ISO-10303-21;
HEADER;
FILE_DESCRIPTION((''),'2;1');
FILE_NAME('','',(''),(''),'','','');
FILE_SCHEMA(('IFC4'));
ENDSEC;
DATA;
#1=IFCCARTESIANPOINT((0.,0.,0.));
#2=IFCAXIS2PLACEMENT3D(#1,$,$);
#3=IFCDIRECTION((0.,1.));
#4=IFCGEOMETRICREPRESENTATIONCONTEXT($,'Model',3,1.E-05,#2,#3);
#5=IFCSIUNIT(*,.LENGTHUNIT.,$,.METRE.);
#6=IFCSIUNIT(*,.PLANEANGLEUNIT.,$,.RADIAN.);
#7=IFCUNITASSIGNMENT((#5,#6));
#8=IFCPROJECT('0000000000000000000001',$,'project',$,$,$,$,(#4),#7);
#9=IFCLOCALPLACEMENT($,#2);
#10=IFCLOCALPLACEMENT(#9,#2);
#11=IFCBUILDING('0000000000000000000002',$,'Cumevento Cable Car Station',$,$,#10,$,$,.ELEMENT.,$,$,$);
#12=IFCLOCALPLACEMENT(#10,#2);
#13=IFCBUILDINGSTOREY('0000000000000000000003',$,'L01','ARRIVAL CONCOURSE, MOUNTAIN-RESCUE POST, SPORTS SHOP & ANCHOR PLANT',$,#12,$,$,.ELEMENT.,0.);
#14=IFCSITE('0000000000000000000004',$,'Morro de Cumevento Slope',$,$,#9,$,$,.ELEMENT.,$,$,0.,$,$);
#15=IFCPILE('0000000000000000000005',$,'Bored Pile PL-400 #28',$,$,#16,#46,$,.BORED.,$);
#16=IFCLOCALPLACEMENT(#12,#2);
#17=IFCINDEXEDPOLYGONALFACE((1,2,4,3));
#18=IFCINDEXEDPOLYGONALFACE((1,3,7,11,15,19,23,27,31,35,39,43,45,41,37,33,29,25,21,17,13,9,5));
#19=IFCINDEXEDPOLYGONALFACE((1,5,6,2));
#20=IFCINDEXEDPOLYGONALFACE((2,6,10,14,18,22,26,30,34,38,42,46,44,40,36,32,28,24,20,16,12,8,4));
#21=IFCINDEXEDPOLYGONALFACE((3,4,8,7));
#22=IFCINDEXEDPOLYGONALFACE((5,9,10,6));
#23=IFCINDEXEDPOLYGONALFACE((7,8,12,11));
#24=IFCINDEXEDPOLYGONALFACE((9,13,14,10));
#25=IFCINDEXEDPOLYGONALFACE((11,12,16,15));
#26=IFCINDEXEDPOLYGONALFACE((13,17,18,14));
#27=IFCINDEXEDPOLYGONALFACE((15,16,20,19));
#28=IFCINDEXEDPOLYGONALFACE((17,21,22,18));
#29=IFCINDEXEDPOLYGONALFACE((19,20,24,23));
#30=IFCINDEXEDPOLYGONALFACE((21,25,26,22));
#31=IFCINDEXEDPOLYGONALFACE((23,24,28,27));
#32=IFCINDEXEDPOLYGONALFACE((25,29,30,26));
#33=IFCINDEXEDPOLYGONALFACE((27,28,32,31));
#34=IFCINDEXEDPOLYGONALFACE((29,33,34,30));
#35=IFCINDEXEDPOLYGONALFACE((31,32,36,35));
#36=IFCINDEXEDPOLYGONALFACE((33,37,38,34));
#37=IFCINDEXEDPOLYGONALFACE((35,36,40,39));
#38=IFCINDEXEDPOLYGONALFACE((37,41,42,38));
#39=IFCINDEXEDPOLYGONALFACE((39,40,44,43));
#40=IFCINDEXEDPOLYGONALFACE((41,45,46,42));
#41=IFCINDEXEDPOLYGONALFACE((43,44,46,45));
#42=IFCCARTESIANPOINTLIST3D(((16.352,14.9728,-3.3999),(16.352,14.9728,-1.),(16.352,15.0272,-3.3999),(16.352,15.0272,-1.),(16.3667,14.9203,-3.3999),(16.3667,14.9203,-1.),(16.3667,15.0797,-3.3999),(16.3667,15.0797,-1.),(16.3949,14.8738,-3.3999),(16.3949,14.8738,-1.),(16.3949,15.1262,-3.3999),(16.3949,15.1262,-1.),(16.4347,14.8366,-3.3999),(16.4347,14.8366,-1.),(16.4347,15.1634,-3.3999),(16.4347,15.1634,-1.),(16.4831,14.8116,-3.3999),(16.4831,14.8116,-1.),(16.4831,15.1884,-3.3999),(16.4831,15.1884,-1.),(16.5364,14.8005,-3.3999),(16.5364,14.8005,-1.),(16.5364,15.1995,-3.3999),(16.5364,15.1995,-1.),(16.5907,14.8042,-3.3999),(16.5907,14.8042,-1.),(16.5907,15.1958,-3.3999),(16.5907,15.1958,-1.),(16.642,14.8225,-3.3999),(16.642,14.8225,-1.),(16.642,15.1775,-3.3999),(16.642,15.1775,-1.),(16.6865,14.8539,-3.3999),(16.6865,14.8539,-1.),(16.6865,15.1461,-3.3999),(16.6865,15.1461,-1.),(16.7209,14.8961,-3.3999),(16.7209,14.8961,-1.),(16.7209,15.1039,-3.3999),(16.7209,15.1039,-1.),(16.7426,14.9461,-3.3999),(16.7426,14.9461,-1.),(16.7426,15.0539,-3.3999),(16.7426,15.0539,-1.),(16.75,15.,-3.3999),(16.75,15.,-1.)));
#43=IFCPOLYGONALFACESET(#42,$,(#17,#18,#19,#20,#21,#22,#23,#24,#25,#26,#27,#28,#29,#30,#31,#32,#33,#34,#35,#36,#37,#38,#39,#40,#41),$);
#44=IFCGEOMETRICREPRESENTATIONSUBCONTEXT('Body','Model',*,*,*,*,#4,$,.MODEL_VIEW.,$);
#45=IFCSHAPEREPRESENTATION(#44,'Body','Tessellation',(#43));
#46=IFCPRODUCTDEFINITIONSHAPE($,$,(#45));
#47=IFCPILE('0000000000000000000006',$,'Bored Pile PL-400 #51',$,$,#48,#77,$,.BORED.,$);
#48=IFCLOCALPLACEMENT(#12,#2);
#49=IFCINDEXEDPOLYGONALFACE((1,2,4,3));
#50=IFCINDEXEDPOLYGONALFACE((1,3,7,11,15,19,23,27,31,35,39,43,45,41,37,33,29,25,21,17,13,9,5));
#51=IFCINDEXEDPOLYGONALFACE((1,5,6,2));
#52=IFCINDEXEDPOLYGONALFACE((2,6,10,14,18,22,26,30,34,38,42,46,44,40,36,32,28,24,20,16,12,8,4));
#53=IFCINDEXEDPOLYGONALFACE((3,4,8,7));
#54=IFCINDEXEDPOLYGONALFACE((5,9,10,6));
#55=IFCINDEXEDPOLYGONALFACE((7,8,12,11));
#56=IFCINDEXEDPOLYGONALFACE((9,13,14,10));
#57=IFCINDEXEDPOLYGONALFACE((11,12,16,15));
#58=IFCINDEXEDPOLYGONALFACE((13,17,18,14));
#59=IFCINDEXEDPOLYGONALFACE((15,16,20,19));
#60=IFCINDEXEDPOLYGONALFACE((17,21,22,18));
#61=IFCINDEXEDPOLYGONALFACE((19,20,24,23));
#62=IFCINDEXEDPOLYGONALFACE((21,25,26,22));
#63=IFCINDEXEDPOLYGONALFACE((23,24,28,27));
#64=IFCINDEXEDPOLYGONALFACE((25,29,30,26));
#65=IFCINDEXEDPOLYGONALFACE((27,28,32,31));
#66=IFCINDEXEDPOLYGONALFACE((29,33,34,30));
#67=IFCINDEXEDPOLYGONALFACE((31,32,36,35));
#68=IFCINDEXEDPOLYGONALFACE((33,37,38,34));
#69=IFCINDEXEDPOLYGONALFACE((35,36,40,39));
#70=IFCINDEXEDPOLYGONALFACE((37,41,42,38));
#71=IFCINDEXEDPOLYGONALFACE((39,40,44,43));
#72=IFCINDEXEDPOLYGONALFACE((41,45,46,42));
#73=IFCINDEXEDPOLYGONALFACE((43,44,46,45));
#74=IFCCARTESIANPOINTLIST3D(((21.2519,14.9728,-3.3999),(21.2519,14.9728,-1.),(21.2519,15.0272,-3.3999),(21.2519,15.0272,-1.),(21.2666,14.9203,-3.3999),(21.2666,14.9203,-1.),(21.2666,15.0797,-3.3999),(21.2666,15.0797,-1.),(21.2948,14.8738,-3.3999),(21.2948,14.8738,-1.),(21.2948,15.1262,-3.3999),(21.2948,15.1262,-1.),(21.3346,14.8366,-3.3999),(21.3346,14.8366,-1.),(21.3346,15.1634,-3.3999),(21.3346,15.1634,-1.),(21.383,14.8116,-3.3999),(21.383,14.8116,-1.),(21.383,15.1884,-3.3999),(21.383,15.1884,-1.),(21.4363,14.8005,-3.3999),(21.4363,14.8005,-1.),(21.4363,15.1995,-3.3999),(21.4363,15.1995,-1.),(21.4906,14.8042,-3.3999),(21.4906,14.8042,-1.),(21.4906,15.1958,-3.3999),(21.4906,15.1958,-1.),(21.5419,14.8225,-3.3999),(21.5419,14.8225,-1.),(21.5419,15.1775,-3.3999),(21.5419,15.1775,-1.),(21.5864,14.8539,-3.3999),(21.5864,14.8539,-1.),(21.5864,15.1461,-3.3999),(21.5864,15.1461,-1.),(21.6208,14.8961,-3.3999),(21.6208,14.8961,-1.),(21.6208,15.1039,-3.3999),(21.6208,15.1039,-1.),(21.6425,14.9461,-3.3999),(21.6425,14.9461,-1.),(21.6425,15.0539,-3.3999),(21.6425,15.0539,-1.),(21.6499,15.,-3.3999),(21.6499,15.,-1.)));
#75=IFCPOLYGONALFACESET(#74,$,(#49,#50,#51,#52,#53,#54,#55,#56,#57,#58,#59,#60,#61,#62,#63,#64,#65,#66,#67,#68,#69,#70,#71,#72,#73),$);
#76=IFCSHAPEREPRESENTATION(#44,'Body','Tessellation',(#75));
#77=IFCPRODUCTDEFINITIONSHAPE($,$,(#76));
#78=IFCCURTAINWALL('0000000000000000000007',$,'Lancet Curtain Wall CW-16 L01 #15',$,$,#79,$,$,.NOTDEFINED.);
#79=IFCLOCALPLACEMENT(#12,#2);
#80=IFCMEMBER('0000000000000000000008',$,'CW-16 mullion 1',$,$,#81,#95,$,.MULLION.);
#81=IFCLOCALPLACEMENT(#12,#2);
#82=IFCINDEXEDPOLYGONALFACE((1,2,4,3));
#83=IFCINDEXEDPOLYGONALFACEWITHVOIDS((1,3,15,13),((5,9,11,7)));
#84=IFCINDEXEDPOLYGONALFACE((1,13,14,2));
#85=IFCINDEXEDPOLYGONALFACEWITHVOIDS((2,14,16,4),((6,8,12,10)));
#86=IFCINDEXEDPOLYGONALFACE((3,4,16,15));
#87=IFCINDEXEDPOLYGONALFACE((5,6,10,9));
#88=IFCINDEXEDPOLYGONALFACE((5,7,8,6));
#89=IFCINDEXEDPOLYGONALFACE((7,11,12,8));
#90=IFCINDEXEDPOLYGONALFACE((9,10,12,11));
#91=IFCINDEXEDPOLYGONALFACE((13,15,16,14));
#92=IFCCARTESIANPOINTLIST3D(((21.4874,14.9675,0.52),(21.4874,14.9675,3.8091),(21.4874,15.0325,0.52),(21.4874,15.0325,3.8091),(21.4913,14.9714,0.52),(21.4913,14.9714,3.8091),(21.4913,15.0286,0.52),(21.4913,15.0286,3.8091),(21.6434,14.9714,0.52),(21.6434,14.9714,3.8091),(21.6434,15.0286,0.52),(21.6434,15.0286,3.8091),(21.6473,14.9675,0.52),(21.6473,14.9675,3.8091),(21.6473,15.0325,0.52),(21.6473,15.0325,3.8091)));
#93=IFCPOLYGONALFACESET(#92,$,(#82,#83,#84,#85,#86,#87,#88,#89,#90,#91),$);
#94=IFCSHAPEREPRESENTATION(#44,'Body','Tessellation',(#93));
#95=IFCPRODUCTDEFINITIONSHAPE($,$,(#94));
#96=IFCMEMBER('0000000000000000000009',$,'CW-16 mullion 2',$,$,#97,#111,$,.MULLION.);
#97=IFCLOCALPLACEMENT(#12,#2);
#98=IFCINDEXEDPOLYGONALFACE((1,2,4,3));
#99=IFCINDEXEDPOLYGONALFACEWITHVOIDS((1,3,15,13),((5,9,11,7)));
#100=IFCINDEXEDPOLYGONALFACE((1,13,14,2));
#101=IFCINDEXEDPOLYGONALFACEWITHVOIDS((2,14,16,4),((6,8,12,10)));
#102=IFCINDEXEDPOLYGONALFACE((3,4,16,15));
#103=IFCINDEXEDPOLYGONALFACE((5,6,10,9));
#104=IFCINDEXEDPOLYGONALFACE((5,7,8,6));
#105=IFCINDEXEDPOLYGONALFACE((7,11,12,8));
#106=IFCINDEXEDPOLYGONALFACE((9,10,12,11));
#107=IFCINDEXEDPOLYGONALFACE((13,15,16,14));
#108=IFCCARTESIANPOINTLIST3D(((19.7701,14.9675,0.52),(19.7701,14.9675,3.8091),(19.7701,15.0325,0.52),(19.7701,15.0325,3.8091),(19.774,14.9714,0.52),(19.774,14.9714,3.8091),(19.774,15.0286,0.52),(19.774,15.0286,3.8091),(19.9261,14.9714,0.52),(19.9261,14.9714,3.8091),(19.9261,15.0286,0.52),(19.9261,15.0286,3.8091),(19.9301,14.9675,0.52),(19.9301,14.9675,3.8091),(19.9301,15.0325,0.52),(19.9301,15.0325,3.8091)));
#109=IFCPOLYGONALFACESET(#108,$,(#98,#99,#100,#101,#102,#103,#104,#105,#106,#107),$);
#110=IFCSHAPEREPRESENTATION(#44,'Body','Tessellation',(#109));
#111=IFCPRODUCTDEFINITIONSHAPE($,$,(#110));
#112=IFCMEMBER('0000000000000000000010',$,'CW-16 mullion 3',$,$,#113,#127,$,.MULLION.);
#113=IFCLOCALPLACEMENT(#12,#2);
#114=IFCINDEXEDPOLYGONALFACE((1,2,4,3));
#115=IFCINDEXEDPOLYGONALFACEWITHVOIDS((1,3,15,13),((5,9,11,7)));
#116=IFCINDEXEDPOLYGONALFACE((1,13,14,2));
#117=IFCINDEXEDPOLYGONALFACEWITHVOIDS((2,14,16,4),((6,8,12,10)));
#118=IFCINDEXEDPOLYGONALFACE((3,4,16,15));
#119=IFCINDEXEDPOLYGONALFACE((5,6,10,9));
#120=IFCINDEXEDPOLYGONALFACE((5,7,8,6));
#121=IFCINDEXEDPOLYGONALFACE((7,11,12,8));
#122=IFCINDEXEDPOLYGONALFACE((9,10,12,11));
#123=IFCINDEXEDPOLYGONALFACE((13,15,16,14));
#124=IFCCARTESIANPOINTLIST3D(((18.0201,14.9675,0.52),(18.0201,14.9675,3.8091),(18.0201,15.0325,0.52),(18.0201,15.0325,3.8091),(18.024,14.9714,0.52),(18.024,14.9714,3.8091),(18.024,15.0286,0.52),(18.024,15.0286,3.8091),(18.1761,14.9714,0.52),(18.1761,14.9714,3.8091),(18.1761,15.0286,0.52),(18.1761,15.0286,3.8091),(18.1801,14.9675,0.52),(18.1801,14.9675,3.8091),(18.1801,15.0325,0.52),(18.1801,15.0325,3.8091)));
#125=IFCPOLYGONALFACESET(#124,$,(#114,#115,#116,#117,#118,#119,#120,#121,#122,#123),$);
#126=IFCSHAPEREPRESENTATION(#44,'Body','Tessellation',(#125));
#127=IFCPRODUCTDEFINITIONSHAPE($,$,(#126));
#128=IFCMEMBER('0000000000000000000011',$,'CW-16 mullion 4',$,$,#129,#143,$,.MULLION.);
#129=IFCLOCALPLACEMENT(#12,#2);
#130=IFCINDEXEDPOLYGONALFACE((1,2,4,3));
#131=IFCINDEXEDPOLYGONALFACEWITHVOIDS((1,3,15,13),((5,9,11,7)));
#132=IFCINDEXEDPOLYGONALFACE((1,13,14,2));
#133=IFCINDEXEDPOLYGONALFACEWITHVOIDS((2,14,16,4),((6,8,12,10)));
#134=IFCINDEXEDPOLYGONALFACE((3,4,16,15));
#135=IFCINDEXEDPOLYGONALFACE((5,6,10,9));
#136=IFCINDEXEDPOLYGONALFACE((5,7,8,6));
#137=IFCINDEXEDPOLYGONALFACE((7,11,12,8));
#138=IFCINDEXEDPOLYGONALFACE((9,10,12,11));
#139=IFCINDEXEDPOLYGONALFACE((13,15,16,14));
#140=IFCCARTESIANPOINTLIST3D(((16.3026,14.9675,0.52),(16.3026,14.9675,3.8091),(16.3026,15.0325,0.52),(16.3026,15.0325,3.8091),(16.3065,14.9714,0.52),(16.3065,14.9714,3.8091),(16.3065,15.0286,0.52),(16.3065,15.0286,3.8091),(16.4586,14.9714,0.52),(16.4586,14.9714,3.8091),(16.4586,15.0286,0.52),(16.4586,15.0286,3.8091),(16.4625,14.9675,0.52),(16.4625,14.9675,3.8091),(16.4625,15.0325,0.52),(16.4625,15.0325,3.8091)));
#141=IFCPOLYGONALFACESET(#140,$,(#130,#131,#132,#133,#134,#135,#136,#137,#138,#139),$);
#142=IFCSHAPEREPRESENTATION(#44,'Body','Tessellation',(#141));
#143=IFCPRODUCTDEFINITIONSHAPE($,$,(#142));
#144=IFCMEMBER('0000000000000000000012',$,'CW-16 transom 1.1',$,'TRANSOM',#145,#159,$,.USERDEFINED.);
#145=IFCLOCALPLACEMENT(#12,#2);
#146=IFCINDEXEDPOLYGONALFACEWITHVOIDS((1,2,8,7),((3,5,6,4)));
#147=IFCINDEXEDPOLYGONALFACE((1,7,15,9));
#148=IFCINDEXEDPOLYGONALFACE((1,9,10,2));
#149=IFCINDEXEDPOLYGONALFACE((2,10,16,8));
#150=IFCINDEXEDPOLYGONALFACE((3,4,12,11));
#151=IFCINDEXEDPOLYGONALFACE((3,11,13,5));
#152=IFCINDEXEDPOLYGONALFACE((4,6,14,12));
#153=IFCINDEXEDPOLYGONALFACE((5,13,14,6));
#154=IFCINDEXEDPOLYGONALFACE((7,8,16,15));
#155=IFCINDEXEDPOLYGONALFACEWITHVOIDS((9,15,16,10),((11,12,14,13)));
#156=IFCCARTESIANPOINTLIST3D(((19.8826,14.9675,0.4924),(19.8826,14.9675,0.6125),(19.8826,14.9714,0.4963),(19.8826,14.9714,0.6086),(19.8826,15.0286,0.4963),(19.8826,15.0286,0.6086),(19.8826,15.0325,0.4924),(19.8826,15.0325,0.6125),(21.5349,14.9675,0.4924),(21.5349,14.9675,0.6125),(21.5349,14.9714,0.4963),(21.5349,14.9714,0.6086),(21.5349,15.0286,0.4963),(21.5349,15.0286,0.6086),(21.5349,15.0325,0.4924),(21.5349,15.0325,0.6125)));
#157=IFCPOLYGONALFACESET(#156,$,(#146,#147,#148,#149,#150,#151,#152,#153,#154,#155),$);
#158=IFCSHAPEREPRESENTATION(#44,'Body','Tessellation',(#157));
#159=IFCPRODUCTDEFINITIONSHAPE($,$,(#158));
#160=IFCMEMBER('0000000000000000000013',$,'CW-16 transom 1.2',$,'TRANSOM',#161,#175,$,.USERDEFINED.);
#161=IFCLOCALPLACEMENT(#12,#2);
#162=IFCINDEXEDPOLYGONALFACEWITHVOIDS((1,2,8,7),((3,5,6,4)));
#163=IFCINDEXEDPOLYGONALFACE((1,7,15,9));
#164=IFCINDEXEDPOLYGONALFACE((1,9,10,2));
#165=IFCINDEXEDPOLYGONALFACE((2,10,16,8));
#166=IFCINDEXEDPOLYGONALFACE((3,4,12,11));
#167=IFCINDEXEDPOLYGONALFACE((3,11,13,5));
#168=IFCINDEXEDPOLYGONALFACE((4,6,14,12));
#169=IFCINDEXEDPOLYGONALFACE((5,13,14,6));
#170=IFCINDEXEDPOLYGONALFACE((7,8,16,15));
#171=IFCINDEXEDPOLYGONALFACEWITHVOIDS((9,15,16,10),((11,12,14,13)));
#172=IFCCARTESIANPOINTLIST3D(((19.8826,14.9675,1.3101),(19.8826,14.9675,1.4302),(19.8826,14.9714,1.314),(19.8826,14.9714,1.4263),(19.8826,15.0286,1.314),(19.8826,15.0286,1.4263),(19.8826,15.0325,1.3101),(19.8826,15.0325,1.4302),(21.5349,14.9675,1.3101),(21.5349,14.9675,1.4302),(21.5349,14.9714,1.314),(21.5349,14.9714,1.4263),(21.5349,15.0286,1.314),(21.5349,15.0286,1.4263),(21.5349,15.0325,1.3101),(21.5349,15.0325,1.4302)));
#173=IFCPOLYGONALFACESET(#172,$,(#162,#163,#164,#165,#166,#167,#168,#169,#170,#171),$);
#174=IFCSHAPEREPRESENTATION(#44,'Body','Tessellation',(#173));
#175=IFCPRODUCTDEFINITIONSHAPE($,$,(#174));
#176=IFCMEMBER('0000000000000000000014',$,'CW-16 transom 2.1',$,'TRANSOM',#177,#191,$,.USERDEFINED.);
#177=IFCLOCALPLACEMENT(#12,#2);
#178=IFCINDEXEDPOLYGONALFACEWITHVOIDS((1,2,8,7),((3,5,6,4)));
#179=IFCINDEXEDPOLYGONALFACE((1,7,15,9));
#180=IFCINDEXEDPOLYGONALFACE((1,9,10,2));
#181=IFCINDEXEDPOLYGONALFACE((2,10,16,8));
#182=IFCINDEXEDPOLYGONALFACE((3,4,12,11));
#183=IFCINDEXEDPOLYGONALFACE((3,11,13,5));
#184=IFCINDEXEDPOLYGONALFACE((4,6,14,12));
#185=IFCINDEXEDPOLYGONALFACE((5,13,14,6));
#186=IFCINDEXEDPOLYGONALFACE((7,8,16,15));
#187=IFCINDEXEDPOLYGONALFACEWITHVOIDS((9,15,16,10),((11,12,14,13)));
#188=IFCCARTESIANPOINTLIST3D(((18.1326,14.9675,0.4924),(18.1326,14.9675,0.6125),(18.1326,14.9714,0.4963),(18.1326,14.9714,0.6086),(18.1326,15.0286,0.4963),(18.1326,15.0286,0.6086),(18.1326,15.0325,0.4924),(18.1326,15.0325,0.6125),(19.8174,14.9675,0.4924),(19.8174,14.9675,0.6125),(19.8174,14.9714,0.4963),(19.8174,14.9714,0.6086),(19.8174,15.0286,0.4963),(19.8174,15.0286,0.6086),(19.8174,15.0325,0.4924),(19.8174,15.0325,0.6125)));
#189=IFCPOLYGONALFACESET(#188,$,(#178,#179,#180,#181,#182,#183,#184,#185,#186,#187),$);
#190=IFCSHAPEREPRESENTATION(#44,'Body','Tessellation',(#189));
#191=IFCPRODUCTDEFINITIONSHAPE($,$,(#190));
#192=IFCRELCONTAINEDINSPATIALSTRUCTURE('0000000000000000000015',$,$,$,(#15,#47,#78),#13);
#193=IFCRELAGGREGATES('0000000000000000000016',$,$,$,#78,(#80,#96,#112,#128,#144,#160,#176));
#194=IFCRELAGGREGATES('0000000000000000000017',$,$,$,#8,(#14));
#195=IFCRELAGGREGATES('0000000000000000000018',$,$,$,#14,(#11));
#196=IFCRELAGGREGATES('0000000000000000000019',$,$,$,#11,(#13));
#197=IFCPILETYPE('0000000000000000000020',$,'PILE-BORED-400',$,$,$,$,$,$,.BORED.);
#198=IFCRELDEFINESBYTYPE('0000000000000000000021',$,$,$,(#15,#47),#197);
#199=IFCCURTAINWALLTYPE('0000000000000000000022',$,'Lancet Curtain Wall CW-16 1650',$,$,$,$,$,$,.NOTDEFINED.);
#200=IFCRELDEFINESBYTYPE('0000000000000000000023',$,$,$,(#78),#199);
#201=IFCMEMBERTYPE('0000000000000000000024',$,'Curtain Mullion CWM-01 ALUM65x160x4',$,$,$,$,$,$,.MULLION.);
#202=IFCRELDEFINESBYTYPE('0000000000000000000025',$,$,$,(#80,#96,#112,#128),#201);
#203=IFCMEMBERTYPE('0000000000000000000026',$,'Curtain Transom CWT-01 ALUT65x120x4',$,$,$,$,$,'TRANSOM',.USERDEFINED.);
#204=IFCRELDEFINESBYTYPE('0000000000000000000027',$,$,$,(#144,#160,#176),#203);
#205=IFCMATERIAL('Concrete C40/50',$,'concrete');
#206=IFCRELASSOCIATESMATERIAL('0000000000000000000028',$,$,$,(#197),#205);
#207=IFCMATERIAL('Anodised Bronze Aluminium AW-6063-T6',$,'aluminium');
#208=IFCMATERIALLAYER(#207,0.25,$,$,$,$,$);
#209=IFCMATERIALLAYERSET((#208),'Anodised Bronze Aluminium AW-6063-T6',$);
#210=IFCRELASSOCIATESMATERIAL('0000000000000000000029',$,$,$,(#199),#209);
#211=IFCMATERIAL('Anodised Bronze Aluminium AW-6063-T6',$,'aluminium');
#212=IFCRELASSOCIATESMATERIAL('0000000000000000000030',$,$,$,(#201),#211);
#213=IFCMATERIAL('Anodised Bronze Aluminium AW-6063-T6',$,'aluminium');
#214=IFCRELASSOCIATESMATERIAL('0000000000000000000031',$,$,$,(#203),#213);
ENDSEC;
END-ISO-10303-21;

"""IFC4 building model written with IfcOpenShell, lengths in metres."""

from ifc_helpers import new_model, si_unit, direction, frame, origin, origin_2d, place, context, subcontext, project, spatial, hollow_rectangle, circle, extrude, material, layer, layer_set, material_profile, profile_set, type_object, element, aggregate, save


model = new_model("IFC4")

# Units and contexts
model_context = context("Model", 3, precision=1e-05, world=origin(), true_north=direction((0.0, 1.0)))
body_context = subcontext(model_context, "Body", "Model", "MODEL_VIEW")
ifc_project = project(units=[si_unit("LENGTHUNIT", "METRE"), si_unit("PLANEANGLEUNIT", "RADIAN")], contexts=[model_context])

# Site, building, storey
site_placement = place(None, origin())
site = spatial("IfcSite", under=ifc_project, at=site_placement, Name="Morro de Cumevento Slope", CompositionType="ELEMENT", RefElevation=0.0)
building_placement = place(site_placement, origin())
building = spatial("IfcBuilding", under=site, at=building_placement, Name="Cumevento Cable Car Station", CompositionType="ELEMENT")
storey_placement = place(building_placement, origin())
storey = spatial("IfcBuildingStorey", under=building, at=storey_placement, Name="L01", Description="ARRIVAL CONCOURSE, MOUNTAIN-RESCUE POST, SPORTS SHOP & ANCHOR PLANT", CompositionType="ELEMENT", Elevation=0.0)

# Piles
ifc_material_1 = material(Name="Concrete C40/50", Category="concrete")
ifc_material_profile_1 = material_profile(ifc_material_1, circle(Radius=0.2, at=origin_2d()), Name="PILE-D400")
ifc_profile_set_1 = profile_set([ifc_material_profile_1], Name="Concrete C40/50")
pile_type = type_object("IfcPileType", Name="PILE-BORED-400", PredefinedType="BORED", material=ifc_profile_set_1)
for number, where, z_axis, x_axis, name in (
    (1, (16.55, 15.0, -1.0), (0.0, 0.0, -1.0), (1.0, 0.0, 0.0), "Bored Pile PL-400 #28"),
    (2, (21.45, 15.0, -1.0), (0.0, 0.0, -1.0), (1.0, 0.0, 0.0), "Bored Pile PL-400 #51"),
):
    element("IfcPile", number, at=place(storey_placement, frame(where, z_axis=z_axis, x_axis=x_axis)), inside=storey, type_object=pile_type, Name=name, PredefinedType="BORED", context=body_context, shape_type="SweptSolid", body=[
        extrude(circle(Radius=0.2, at=origin_2d()), origin(), (0.0, 0.0, 1.0), 2.3999),
    ])

# Curtain wall, members
ifc_material_2 = material(Name="Anodised Bronze Aluminium AW-6063-T6", Category="aluminium")
ifc_layer_1 = layer(ifc_material_2, 0.25)
ifc_layer_set_1 = layer_set([ifc_layer_1], Name="Anodised Bronze Aluminium AW-6063-T6")
curtain_wall_type = type_object("IfcCurtainWallType", Name="Lancet Curtain Wall CW-16 1650", PredefinedType="NOTDEFINED", material=ifc_layer_set_1)
curtain_wall_placement = place(storey_placement, origin())
curtain_wall = element("IfcCurtainWall", 3, at=curtain_wall_placement, inside=storey, type_object=curtain_wall_type, Name="Lancet Curtain Wall CW-16 L01 #15", PredefinedType="NOTDEFINED")
ifc_material_3 = material(Name="Anodised Bronze Aluminium AW-6063-T6", Category="aluminium")
ifc_material_profile_2 = material_profile(ifc_material_3, hollow_rectangle(XDim=0.0649, YDim=0.1599, WallThickness=0.0039, at=origin_2d()), Name="ALUM65x160x4")
ifc_profile_set_2 = profile_set([ifc_material_profile_2], Name="Anodised Bronze Aluminium AW-6063-T6")
member_type_1 = type_object("IfcMemberType", Name="Curtain Mullion CWM-01 ALUM65x160x4", PredefinedType="MULLION", material=ifc_profile_set_2)
member_1_placement = place(storey_placement, frame((21.5674, 15.0, 0.52), z_axis=(0.0, 0.0, 1.0), x_axis=(0.0, -1.0, 0.0)))
member_1 = element("IfcMember", 4, at=member_1_placement, type_object=member_type_1, Name="CW-16 mullion 1", PredefinedType="MULLION", context=body_context, shape_type="SweptSolid", body=[
    extrude(hollow_rectangle(XDim=0.0649, YDim=0.1599, WallThickness=0.0039, at=origin_2d()), origin(), (0.0, 0.0, 1.0), 3.2891),
])
member_2_placement = place(storey_placement, frame((19.8501, 15.0, 0.52), z_axis=(0.0, 0.0, 1.0), x_axis=(0.0, -1.0, 0.0)))
member_2 = element("IfcMember", 5, at=member_2_placement, type_object=member_type_1, Name="CW-16 mullion 2", PredefinedType="MULLION", context=body_context, shape_type="SweptSolid", body=[
    extrude(hollow_rectangle(XDim=0.0649, YDim=0.1599, WallThickness=0.0039, at=origin_2d()), origin(), (0.0, 0.0, 1.0), 3.2891),
])
member_3_placement = place(storey_placement, frame((18.1001, 15.0, 0.52), z_axis=(0.0, 0.0, 1.0), x_axis=(0.0, -1.0, 0.0)))
member_3 = element("IfcMember", 6, at=member_3_placement, type_object=member_type_1, Name="CW-16 mullion 3", PredefinedType="MULLION", context=body_context, shape_type="SweptSolid", body=[
    extrude(hollow_rectangle(XDim=0.0649, YDim=0.1599, WallThickness=0.0039, at=origin_2d()), origin(), (0.0, 0.0, 1.0), 3.2891),
])
member_4_placement = place(storey_placement, frame((16.3826, 15.0, 0.52), z_axis=(0.0, 0.0, 1.0), x_axis=(0.0, -1.0, 0.0)))
member_4 = element("IfcMember", 7, at=member_4_placement, type_object=member_type_1, Name="CW-16 mullion 4", PredefinedType="MULLION", context=body_context, shape_type="SweptSolid", body=[
    extrude(hollow_rectangle(XDim=0.0649, YDim=0.1599, WallThickness=0.0039, at=origin_2d()), origin(), (0.0, 0.0, 1.0), 3.2891),
])
ifc_material_4 = material(Name="Anodised Bronze Aluminium AW-6063-T6", Category="aluminium")
ifc_material_profile_3 = material_profile(ifc_material_4, hollow_rectangle(XDim=0.0649, YDim=0.1201, WallThickness=0.0039, at=origin_2d()), Name="ALUT65x120x4")
ifc_profile_set_3 = profile_set([ifc_material_profile_3], Name="Anodised Bronze Aluminium AW-6063-T6")
member_type_2 = type_object("IfcMemberType", Name="Curtain Transom CWT-01 ALUT65x120x4", ElementType="TRANSOM", PredefinedType="USERDEFINED", material=ifc_profile_set_3)
member_5_placement = place(storey_placement, frame((21.5349, 15.0, 0.5525), z_axis=(-1.0, 0.0, 0.0), x_axis=(0.0, -1.0, 0.0)))
member_5 = element("IfcMember", 8, at=member_5_placement, type_object=member_type_2, Name="CW-16 transom 1.1", ObjectType="TRANSOM", PredefinedType="USERDEFINED", context=body_context, shape_type="SweptSolid", body=[
    extrude(hollow_rectangle(XDim=0.0649, YDim=0.1201, WallThickness=0.0039, at=origin_2d()), origin(), (0.0, 0.0, 1.0), 1.6523),
])
member_6_placement = place(storey_placement, frame((21.5349, 15.0, 1.3701), z_axis=(-1.0, 0.0, 0.0), x_axis=(0.0, -1.0, 0.0)))
member_6 = element("IfcMember", 9, at=member_6_placement, type_object=member_type_2, Name="CW-16 transom 1.2", ObjectType="TRANSOM", PredefinedType="USERDEFINED", context=body_context, shape_type="SweptSolid", body=[
    extrude(hollow_rectangle(XDim=0.0649, YDim=0.1201, WallThickness=0.0039, at=origin_2d()), origin(), (0.0, 0.0, 1.0), 1.6523),
])
member_7_placement = place(storey_placement, frame((19.8174, 15.0, 0.5525), z_axis=(-1.0, 0.0, 0.0), x_axis=(0.0, -1.0, 0.0)))
member_7 = element("IfcMember", 10, at=member_7_placement, type_object=member_type_2, Name="CW-16 transom 2.1", ObjectType="TRANSOM", PredefinedType="USERDEFINED", context=body_context, shape_type="SweptSolid", body=[
    extrude(hollow_rectangle(XDim=0.0649, YDim=0.1201, WallThickness=0.0039, at=origin_2d()), origin(), (0.0, 0.0, 1.0), 1.6848),
])
aggregate(curtain_wall, [member_1, member_2, member_3, member_4, member_5, member_6, member_7])

save(model, "model.ifc")
